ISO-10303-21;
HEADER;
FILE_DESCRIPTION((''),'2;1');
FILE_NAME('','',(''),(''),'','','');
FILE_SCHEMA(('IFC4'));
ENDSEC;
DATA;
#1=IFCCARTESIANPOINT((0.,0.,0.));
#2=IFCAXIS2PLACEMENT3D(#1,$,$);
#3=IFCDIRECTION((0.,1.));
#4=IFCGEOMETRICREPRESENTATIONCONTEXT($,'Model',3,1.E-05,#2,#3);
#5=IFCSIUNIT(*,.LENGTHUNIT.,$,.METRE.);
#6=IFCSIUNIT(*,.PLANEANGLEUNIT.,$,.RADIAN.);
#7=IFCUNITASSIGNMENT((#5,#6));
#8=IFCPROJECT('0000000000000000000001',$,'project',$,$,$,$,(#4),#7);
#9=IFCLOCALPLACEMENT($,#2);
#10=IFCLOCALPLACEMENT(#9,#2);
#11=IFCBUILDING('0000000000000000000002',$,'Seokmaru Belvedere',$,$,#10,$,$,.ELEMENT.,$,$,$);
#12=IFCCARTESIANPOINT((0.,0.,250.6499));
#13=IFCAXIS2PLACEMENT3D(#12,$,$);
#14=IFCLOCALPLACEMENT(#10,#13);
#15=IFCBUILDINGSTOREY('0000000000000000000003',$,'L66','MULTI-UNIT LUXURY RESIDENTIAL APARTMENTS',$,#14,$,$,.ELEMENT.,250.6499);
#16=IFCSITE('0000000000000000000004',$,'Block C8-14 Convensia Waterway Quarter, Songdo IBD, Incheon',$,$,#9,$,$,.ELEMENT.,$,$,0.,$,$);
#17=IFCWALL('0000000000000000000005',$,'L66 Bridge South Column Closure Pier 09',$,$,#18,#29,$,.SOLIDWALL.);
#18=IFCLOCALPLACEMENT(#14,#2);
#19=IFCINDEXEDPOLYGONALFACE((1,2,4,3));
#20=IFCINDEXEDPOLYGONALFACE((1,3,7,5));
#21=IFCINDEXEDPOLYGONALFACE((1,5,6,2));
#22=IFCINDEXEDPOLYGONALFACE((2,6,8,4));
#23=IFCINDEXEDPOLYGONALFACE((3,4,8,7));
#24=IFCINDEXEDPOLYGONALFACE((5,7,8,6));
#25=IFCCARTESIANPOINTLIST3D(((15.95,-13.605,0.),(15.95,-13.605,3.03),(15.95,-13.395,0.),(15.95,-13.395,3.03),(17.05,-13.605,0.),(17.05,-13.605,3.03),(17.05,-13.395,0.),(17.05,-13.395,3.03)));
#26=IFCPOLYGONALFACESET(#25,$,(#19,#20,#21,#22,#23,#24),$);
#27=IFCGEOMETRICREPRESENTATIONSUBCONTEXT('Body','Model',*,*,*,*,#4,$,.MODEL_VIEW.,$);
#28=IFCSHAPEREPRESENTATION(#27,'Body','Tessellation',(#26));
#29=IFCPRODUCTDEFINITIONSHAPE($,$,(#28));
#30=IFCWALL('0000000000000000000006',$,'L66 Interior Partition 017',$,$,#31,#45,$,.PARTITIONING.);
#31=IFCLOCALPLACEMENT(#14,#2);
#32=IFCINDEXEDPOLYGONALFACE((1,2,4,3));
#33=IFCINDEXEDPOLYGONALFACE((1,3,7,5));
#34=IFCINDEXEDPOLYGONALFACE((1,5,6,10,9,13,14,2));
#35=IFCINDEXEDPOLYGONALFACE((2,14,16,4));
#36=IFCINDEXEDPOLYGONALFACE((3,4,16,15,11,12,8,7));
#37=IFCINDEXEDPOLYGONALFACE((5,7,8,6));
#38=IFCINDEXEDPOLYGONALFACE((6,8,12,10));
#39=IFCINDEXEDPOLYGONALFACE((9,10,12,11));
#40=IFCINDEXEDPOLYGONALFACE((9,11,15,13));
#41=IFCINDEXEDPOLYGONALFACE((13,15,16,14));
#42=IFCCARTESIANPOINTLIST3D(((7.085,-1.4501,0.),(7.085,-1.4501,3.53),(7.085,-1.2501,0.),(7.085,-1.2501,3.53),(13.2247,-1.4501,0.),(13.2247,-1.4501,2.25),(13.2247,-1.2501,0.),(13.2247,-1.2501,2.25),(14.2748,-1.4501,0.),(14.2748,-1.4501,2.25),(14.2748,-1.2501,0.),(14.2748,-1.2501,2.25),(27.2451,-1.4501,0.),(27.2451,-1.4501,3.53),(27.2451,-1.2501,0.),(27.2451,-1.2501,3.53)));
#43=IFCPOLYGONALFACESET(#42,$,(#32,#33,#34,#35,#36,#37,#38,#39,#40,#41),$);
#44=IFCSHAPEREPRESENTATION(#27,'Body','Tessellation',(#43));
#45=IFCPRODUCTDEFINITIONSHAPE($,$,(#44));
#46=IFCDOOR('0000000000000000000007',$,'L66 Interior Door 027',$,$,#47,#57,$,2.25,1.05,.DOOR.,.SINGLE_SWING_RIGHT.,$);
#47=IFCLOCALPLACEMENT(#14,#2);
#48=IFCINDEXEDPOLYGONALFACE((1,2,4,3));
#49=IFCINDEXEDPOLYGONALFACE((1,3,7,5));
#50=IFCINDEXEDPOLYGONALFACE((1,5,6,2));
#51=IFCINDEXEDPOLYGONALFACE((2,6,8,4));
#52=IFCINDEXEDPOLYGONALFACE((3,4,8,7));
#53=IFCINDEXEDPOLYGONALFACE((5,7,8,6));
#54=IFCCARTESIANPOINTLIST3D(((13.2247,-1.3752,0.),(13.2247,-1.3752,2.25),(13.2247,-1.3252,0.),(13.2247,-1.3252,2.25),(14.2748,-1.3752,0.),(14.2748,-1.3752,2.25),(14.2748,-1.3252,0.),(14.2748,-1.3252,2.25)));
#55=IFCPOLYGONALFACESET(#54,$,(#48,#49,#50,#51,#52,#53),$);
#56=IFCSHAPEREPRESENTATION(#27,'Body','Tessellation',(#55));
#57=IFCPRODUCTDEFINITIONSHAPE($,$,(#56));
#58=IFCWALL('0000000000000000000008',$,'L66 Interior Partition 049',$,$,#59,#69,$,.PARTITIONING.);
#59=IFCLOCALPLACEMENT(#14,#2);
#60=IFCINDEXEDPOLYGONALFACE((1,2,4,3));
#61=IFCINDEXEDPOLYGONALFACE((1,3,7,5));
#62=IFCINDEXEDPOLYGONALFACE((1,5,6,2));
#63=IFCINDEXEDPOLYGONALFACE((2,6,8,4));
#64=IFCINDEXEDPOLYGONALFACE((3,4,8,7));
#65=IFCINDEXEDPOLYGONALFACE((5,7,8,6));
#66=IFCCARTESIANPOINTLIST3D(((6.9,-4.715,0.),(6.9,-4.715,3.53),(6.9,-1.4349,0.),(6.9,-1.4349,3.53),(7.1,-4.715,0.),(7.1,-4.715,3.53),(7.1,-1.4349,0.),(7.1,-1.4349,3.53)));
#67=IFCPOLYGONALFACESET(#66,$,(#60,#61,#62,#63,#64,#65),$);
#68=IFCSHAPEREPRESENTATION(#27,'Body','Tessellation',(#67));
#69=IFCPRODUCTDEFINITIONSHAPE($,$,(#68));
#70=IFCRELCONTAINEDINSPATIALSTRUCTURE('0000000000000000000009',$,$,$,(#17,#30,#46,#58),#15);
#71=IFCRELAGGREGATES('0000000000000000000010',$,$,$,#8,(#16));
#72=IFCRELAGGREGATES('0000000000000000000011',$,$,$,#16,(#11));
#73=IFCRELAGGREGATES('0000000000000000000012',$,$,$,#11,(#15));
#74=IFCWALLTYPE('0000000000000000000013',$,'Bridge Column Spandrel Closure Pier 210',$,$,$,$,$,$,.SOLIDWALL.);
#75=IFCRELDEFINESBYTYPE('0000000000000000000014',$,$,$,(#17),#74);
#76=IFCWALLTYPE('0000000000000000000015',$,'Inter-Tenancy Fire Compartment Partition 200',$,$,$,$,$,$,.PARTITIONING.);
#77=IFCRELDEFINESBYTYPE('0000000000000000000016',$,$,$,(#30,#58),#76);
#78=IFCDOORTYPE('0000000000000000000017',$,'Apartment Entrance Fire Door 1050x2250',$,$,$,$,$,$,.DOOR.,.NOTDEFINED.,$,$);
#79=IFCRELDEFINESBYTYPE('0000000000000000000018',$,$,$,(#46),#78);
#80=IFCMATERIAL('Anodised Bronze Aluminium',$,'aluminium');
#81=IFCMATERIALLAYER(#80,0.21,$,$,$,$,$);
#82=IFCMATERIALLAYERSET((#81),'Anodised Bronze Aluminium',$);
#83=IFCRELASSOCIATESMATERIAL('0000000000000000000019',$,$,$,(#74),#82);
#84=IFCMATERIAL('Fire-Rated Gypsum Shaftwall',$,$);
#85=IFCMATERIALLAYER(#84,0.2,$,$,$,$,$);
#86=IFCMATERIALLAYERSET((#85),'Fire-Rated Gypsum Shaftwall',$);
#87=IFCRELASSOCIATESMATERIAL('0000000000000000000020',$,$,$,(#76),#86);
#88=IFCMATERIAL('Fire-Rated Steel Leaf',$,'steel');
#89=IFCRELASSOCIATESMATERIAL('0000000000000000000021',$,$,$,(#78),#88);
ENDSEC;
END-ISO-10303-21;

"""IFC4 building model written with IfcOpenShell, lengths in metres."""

from ifc_helpers import new_model, si_unit, direction, frame, frame_2d, origin, place, context, subcontext, project, spatial, rectangle, extrude, source, transform, mapped, material, layer, layer_set, type_object, type_shapes, element, fill, save


model = new_model("IFC4")

# Units and contexts
model_context = context("Model", 3, precision=1e-05, world=origin(), true_north=direction((0.0, 1.0)))
body_context = subcontext(model_context, "Body", "Model", "MODEL_VIEW")
ifc_project = project(units=[si_unit("LENGTHUNIT", "METRE"), si_unit("PLANEANGLEUNIT", "RADIAN")], contexts=[model_context])

# Site, building, storey
site_placement = place(None, origin())
site = spatial("IfcSite", under=ifc_project, at=site_placement, Name="Block C8-14 Convensia Waterway Quarter, Songdo IBD, Incheon", CompositionType="ELEMENT", RefElevation=0.0)
building_placement = place(site_placement, origin())
building = spatial("IfcBuilding", under=site, at=building_placement, Name="Seokmaru Belvedere", CompositionType="ELEMENT")
storey_placement = place(building_placement, frame((0.0, 0.0, 250.6499)))
storey = spatial("IfcBuildingStorey", under=building, at=storey_placement, Name="L66", Description="MULTI-UNIT LUXURY RESIDENTIAL APARTMENTS", CompositionType="ELEMENT", Elevation=250.6499)

# Shared definitions
ifc_material_1 = material(Name="Anodised Bronze Aluminium", Category="aluminium")

# Shared definitions
ifc_material_2 = material(Name="Fire-Rated Gypsum Shaftwall")

# Wall
ifc_layer_1 = layer(ifc_material_1, 0.21)
ifc_layer_set_1 = layer_set([ifc_layer_1], Name="Anodised Bronze Aluminium")
wall_type_1 = type_object("IfcWallType", Name="Bridge Column Spandrel Closure Pier 210", PredefinedType="SOLIDWALL", material=ifc_layer_set_1)
for number, where, z_axis, x_axis, name in (
    (1, (15.95, -13.5, 0.0), (0.0, 0.0, 1.0), (1.0, 0.0, 0.0), "L66 Bridge South Column Closure Pier 09"),
):
    element("IfcWall", number, at=place(storey_placement, frame(where, z_axis=z_axis, x_axis=x_axis)), inside=storey, type_object=wall_type_1, Name=name, PredefinedType="SOLIDWALL", context=body_context, shape_type="SweptSolid", body=[
        extrude(rectangle(XDim=1.1001, YDim=0.21, at=frame_2d((0.55, 0.0))), origin(), (0.0, 0.0, 1.0), 3.03),
    ])

# Wall, opening, door
ifc_layer_2 = layer(ifc_material_2, 0.2)
ifc_layer_set_2 = layer_set([ifc_layer_2], Name="Fire-Rated Gypsum Shaftwall")
wall_type_2 = type_object("IfcWallType", Name="Inter-Tenancy Fire Compartment Partition 200", PredefinedType="PARTITIONING", material=ifc_layer_set_2)
wall_1_placement = place(storey_placement, frame((7.085, -1.3501, 0.0), z_axis=(0.0, 0.0, 1.0), x_axis=(1.0, 0.0, 0.0)))
wall_1 = element("IfcWall", 2, at=wall_1_placement, inside=storey, type_object=wall_type_2, Name="L66 Interior Partition 017", PredefinedType="PARTITIONING", context=body_context, shape_type="SweptSolid", body=[
    extrude(rectangle(XDim=20.1602, YDim=0.2, at=frame_2d((10.0801, 0.0))), origin(), (0.0, 0.0, 1.0), 3.53),
])
opening_1_placement = place(wall_1_placement, frame((6.1399, 0.0, 0.0)))
opening_1 = element("IfcOpeningElement", 3, at=opening_1_placement, cuts=wall_1, PredefinedType="OPENING", context=body_context, shape_type="SweptSolid", body=[
    extrude(rectangle(XDim=1.05, YDim=2.25, at=frame_2d((0.5249, 1.125))), frame((0.0, 0.1099, 0.0), z_axis=(0.0, -1.0, 0.0), x_axis=(1.0, 0.0, 0.0)), (0.0, 0.0, 1.0), 0.22),
])
ifc_material_3 = material(Name="Fire-Rated Steel Leaf", Category="steel")
door_type_1 = type_object("IfcDoorType", Name="Apartment Entrance Fire Door 1050x2250", OperationType="NOTDEFINED", PredefinedType="DOOR", material=ifc_material_3)
shared_shape_1 = source(origin(), body_context, "Body", "SweptSolid", [
    extrude(rectangle(XDim=1.05, YDim=2.25, at=frame_2d((0.5249, 1.125))), frame((0.0, 0.0249, 0.0), z_axis=(0.0, -1.0, 0.0), x_axis=(1.0, 0.0, 0.0)), (0.0, 0.0, 1.0), 0.05),
])
type_shapes(door_type_1, [shared_shape_1])
door_1_placement = place(opening_1_placement, origin())
door_1 = element("IfcDoor", 4, at=door_1_placement, inside=storey, type_object=door_type_1, Name="L66 Interior Door 027", OperationType="SINGLE_SWING_RIGHT", OverallHeight=2.25, OverallWidth=1.05, PredefinedType="DOOR", context=body_context, shape_type="MappedRepresentation", body=[
    mapped(shared_shape_1, transform((0.0, 0.0, 0.0), scale=1.0)),
])
fill(opening_1, door_1)

# Wall
wall_2_placement = place(storey_placement, frame((7.0, -4.7151, 0.0), z_axis=(0.0, 0.0, 1.0), x_axis=(0.0, 1.0, 0.0)))
element("IfcWall", 5, at=wall_2_placement, inside=storey, type_object=wall_type_2, Name="L66 Interior Partition 049", PredefinedType="PARTITIONING", context=body_context, shape_type="SweptSolid", body=[
    extrude(rectangle(XDim=3.28, YDim=0.2, at=frame_2d((1.6401, 0.0))), origin(), (0.0, 0.0, 1.0), 3.53),
])

save(model, "model.ifc")
